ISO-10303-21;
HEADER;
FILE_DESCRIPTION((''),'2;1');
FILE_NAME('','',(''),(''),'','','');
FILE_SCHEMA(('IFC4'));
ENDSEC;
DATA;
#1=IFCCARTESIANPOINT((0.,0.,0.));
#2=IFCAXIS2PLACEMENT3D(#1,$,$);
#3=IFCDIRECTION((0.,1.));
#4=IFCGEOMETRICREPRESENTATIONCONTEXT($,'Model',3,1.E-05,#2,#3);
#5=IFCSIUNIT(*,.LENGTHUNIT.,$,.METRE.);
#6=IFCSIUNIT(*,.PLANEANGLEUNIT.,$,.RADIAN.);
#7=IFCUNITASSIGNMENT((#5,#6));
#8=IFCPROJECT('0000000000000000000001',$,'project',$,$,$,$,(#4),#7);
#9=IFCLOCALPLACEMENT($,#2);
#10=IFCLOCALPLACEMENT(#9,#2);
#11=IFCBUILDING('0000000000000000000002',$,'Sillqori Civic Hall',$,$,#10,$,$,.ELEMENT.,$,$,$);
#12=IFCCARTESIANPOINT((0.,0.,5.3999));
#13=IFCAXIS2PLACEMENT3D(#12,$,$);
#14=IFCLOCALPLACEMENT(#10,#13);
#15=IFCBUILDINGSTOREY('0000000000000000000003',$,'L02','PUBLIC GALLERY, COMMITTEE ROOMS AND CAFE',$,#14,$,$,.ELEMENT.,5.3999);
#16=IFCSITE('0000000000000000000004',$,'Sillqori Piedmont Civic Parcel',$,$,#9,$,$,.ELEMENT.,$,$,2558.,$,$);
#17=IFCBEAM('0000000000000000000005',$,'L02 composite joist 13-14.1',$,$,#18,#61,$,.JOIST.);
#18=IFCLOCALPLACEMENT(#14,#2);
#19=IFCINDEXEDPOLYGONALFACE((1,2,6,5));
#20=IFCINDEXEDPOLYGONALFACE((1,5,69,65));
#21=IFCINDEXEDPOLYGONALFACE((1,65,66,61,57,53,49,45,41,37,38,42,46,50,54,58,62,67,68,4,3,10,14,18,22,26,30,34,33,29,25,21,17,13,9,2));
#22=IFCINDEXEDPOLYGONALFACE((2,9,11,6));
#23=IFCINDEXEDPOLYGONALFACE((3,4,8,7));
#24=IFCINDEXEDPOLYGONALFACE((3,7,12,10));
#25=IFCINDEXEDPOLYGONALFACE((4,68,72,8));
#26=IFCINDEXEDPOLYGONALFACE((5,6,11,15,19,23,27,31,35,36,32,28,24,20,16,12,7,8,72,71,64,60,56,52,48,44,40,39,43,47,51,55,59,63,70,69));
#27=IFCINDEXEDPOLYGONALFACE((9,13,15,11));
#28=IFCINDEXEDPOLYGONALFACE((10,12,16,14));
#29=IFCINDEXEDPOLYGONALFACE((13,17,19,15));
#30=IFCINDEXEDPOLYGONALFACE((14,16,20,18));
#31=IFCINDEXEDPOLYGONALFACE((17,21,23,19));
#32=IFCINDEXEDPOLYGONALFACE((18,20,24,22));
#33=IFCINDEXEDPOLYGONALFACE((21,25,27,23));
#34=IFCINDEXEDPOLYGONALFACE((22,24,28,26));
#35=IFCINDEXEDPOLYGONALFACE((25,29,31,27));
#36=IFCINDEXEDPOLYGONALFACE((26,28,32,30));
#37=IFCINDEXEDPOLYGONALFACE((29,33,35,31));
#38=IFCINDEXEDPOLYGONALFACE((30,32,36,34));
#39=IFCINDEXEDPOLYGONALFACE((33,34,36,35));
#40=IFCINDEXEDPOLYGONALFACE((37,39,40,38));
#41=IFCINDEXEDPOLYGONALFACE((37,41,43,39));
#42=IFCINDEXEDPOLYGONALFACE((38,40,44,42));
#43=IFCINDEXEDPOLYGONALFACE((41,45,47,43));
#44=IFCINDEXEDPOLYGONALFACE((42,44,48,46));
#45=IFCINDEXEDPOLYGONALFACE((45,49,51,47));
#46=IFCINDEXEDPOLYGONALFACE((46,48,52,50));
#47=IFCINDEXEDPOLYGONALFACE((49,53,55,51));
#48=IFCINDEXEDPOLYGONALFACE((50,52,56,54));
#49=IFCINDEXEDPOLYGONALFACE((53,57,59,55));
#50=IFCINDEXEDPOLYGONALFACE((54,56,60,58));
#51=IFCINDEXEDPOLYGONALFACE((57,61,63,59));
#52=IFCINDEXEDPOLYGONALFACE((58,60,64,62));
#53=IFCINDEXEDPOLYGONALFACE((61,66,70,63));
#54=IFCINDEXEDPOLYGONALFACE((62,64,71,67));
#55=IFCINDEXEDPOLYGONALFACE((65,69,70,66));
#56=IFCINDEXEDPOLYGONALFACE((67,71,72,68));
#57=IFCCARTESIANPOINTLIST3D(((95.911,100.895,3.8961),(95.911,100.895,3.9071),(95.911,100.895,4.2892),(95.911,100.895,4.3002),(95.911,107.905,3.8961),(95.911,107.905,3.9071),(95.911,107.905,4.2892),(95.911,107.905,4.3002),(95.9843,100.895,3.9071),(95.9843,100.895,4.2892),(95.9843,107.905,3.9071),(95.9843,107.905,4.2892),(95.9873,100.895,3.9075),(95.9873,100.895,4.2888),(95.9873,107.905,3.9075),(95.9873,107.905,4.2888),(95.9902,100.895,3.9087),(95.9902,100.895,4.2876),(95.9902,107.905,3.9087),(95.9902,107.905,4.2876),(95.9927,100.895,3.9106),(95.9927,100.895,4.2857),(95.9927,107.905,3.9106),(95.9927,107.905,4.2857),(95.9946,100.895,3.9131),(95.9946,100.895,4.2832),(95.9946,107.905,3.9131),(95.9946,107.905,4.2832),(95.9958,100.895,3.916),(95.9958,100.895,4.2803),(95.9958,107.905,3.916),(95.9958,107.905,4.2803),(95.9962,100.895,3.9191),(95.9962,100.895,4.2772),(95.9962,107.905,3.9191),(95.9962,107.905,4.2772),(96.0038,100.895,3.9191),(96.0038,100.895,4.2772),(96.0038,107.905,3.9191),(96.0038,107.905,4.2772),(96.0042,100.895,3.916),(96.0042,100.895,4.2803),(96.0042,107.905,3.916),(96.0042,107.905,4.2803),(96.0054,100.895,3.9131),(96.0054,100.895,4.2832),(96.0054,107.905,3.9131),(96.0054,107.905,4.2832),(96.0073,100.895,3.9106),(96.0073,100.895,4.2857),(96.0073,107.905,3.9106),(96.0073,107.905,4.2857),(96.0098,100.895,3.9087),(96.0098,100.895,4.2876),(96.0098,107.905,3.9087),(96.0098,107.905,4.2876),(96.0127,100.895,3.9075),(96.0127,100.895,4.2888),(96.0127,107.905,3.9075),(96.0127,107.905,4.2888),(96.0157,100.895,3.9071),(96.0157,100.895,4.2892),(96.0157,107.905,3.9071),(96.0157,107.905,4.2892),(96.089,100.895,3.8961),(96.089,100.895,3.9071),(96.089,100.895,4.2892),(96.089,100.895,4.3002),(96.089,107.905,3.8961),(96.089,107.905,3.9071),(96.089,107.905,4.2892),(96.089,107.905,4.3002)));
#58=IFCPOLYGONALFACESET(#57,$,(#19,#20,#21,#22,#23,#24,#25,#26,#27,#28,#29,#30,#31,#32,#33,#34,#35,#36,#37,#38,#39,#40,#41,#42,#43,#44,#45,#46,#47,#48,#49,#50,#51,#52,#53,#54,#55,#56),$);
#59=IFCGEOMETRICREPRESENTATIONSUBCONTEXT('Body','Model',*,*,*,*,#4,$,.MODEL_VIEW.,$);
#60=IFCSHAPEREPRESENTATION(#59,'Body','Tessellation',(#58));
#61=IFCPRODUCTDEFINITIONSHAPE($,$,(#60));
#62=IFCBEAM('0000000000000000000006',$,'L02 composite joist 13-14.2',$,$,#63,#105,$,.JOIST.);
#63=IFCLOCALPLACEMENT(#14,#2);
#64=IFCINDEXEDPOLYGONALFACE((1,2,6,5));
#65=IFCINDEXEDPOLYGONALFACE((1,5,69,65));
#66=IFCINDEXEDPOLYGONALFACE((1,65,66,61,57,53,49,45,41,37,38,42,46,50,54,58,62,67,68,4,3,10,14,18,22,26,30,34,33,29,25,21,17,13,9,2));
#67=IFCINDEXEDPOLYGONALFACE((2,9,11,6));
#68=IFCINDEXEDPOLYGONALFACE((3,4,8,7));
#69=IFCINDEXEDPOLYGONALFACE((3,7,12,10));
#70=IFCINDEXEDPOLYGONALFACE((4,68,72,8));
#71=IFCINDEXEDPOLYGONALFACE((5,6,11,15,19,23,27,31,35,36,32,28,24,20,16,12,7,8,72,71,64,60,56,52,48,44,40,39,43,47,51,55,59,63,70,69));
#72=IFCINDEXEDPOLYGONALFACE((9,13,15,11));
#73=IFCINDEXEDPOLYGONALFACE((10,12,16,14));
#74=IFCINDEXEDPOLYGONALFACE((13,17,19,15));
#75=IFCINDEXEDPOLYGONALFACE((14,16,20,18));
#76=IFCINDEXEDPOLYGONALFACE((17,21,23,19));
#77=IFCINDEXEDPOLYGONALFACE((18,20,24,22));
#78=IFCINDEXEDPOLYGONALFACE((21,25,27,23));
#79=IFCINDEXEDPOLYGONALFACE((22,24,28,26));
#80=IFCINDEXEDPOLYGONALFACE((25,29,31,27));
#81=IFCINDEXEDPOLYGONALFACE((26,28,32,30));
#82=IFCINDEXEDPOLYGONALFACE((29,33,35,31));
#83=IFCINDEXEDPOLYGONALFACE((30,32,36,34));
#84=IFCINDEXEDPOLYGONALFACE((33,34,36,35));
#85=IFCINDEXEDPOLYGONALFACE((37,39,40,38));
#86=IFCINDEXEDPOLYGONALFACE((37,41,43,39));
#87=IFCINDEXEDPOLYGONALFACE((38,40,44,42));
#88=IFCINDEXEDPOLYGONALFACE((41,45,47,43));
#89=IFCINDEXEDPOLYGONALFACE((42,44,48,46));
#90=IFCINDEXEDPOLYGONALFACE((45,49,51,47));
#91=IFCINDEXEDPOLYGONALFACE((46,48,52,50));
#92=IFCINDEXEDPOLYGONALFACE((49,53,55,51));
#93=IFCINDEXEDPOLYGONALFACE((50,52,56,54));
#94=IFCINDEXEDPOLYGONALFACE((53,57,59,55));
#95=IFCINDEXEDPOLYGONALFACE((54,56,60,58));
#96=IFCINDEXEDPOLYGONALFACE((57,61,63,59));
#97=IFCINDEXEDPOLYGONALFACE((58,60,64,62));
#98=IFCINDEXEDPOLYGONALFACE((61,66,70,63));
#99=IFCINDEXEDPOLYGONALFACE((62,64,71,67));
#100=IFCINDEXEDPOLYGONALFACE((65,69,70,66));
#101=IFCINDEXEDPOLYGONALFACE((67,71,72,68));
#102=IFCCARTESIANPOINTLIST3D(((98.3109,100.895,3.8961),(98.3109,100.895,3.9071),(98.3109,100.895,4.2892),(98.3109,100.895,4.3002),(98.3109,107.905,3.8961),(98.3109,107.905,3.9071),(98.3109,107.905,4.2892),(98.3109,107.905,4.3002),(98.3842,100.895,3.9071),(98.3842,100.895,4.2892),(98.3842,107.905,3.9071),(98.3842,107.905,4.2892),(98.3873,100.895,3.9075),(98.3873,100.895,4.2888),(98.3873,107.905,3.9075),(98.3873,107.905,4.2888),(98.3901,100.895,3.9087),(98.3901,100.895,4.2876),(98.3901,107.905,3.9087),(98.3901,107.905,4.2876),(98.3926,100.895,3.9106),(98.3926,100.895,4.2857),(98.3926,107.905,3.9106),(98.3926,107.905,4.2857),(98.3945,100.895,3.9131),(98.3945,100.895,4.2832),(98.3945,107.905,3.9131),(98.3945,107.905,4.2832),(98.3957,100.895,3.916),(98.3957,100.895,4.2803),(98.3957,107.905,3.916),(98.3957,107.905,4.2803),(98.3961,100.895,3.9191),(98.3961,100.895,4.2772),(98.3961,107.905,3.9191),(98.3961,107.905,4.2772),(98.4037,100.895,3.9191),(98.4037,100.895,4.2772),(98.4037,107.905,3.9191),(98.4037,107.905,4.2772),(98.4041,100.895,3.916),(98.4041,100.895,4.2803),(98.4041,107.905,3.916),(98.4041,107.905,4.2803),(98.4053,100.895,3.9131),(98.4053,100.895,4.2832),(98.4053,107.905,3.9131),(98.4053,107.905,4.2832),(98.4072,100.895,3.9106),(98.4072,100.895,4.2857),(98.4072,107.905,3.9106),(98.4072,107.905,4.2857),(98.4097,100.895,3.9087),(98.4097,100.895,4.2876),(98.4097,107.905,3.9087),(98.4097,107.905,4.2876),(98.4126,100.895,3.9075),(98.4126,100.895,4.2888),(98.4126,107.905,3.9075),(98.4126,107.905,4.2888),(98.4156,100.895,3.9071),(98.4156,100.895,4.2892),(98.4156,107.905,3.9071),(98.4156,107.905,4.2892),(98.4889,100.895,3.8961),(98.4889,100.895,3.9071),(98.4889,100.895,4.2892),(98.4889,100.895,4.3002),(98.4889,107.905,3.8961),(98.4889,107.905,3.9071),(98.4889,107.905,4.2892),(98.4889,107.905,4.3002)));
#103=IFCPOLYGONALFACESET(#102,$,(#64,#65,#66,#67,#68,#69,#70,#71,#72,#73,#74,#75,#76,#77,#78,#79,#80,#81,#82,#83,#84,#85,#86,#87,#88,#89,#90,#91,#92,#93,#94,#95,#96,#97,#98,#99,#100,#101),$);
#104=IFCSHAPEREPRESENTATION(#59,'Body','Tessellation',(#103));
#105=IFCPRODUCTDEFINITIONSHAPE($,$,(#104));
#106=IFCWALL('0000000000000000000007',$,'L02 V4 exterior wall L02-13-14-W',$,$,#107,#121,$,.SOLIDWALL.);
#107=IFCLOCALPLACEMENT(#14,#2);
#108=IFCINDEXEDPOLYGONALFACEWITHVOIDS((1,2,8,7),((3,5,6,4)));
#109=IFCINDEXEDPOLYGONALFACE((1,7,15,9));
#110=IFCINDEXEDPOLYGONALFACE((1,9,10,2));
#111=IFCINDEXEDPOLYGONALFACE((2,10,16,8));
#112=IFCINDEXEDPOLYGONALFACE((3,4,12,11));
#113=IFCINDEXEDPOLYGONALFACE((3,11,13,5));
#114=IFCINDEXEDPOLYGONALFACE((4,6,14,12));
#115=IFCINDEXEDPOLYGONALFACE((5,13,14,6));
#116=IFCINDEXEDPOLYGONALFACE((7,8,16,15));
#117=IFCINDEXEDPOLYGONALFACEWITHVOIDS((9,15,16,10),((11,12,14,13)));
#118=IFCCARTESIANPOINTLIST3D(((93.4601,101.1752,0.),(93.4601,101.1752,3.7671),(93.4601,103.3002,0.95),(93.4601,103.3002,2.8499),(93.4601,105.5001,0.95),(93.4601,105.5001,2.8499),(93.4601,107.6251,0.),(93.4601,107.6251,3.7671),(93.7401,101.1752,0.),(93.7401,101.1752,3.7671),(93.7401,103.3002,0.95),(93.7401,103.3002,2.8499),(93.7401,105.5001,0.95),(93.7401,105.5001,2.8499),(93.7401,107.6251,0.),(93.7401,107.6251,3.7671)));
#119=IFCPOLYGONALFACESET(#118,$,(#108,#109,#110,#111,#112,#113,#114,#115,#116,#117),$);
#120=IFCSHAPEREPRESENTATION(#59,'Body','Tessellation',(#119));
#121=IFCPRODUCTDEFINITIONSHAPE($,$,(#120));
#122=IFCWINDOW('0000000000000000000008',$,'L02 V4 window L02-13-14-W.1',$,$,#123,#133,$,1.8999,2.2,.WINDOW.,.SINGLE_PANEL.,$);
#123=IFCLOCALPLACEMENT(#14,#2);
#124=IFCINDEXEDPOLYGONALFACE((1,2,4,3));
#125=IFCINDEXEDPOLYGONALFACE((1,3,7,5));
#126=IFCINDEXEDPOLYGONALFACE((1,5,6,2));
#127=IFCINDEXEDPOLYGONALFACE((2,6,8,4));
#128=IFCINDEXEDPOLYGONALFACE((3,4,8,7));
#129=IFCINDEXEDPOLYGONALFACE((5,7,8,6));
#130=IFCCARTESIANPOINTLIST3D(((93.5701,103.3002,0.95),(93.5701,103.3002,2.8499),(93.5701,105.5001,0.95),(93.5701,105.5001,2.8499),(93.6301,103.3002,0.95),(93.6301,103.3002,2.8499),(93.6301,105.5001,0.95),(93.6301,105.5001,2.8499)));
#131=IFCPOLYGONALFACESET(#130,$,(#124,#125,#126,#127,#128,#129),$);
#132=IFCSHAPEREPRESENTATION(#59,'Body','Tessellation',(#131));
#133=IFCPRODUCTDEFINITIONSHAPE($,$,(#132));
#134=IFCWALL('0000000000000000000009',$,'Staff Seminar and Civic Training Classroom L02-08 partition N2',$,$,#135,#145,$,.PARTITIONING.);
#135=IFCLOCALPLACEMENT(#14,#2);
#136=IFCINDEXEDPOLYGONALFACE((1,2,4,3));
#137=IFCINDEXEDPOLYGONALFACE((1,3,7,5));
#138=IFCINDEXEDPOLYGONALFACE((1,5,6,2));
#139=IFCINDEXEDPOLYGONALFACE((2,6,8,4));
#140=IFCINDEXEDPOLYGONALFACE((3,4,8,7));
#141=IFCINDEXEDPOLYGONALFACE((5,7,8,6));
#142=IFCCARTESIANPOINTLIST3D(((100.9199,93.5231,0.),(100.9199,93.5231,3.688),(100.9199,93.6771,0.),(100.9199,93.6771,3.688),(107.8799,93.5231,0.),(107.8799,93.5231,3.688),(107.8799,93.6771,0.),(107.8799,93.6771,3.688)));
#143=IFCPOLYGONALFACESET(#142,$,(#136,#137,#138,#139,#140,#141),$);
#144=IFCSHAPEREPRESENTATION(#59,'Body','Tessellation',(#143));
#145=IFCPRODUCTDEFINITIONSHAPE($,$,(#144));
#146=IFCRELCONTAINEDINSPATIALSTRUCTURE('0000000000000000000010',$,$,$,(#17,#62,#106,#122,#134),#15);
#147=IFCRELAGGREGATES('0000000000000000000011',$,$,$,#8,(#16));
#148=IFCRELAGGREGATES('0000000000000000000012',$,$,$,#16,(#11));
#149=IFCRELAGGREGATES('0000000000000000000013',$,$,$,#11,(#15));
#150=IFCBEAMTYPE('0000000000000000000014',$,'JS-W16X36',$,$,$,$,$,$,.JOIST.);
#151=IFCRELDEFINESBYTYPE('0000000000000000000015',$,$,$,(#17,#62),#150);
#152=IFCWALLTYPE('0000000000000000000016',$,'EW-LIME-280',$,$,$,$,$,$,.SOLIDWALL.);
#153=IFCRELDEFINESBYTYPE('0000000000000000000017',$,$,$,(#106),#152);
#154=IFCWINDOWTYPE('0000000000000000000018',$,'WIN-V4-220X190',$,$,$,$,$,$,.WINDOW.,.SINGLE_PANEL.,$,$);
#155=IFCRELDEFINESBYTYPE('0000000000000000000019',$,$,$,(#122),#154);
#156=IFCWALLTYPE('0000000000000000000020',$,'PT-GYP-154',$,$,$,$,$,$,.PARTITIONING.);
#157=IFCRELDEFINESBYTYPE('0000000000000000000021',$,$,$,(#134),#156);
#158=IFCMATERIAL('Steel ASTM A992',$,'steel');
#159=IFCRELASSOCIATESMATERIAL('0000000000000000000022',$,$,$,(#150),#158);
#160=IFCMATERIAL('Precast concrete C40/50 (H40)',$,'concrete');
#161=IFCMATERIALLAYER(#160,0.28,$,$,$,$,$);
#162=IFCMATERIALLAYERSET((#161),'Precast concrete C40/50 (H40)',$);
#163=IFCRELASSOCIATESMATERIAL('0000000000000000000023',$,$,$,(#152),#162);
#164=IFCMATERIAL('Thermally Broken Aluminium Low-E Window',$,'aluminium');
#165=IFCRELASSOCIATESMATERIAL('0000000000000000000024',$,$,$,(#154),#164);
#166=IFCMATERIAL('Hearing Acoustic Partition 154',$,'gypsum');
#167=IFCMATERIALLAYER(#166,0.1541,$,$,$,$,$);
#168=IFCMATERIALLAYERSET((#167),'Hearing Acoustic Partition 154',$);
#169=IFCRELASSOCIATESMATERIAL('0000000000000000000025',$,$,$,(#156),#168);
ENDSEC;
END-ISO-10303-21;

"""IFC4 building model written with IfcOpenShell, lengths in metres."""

from ifc_helpers import new_model, si_unit, direction, frame, frame_2d, origin, origin_2d, place, context, subcontext, project, spatial, rectangle, i_section, extrude, material, layer, layer_set, material_profile, profile_set, type_object, element, fill, save


model = new_model("IFC4")

# Units and contexts
model_context = context("Model", 3, precision=1e-05, world=origin(), true_north=direction((0.0, 1.0)))
body_context = subcontext(model_context, "Body", "Model", "MODEL_VIEW")
ifc_project = project(units=[si_unit("LENGTHUNIT", "METRE"), si_unit("PLANEANGLEUNIT", "RADIAN")], contexts=[model_context])

# Site, building, storey
site_placement = place(None, origin())
site = spatial("IfcSite", under=ifc_project, at=site_placement, Name="Sillqori Piedmont Civic Parcel", CompositionType="ELEMENT", RefElevation=2558.0)
building_placement = place(site_placement, origin())
building = spatial("IfcBuilding", under=site, at=building_placement, Name="Sillqori Civic Hall", CompositionType="ELEMENT")
storey_placement = place(building_placement, frame((0.0, 0.0, 5.3999)))
storey = spatial("IfcBuildingStorey", under=building, at=storey_placement, Name="L02", Description="PUBLIC GALLERY, COMMITTEE ROOMS AND CAFE", CompositionType="ELEMENT", Elevation=5.3999)

# Shared definitions
ifc_material_1 = material(Name="Steel ASTM A992", Category="steel")

# Beams
ifc_material_profile_1 = material_profile(ifc_material_1, i_section(OverallWidth=0.178, OverallDepth=0.4041, WebThickness=0.0076, FlangeThickness=0.011, FilletRadius=0.012, at=origin_2d()), Name="W16X36")
ifc_profile_set_1 = profile_set([ifc_material_profile_1], Name="Steel ASTM A992")
beam_type_1 = type_object("IfcBeamType", Name="JS-W16X36", PredefinedType="JOIST", material=ifc_profile_set_1)
for number, where, z_axis, x_axis, name in (
    (1, (96.0, 100.895, 4.0981), (0.0, 1.0, 0.0), (-1.0, 0.0, 0.0), "L02 composite joist 13-14.1"),
    (2, (98.3999, 100.895, 4.0981), (0.0, 1.0, 0.0), (-1.0, 0.0, 0.0), "L02 composite joist 13-14.2"),
):
    element("IfcBeam", number, at=place(storey_placement, frame(where, z_axis=z_axis, x_axis=x_axis)), inside=storey, type_object=beam_type_1, Name=name, PredefinedType="JOIST", context=body_context, shape_type="SweptSolid", body=[
        extrude(i_section(OverallWidth=0.178, OverallDepth=0.4041, WebThickness=0.0076, FlangeThickness=0.011, FilletRadius=0.012, at=origin_2d()), origin(), (0.0, 0.0, 1.0), 7.01),
    ])

# Wall, opening, window
ifc_material_2 = material(Name="Precast concrete C40/50 (H40)", Category="concrete")
ifc_layer_1 = layer(ifc_material_2, 0.28)
ifc_layer_set_1 = layer_set([ifc_layer_1], Name="Precast concrete C40/50 (H40)")
wall_type_1 = type_object("IfcWallType", Name="EW-LIME-280", PredefinedType="SOLIDWALL", material=ifc_layer_set_1)
wall_1_placement = place(storey_placement, frame((93.6001, 101.175, 0.0), z_axis=(0.0, 0.0, 1.0), x_axis=(0.0, 1.0, 0.0)))
wall_1 = element("IfcWall", 3, at=wall_1_placement, inside=storey, type_object=wall_type_1, Name="L02 V4 exterior wall L02-13-14-W", PredefinedType="SOLIDWALL", context=body_context, shape_type="SweptSolid", body=[
    extrude(rectangle(XDim=6.45, YDim=0.28, at=frame_2d((3.2251, 0.0))), origin(), (0.0, 0.0, 1.0), 3.7671),
])
opening_1_placement = place(wall_1_placement, frame((2.125, 0.0, 0.95)))
opening_1 = element("IfcOpeningElement", 4, at=opening_1_placement, cuts=wall_1, PredefinedType="OPENING", context=body_context, shape_type="SweptSolid", body=[
    extrude(rectangle(XDim=2.2, YDim=1.8999, at=frame_2d((1.1001, 0.95))), frame((0.0, 0.1499, 0.0), z_axis=(0.0, -1.0, 0.0), x_axis=(1.0, 0.0, 0.0)), (0.0, 0.0, 1.0), 0.3),
])
ifc_material_3 = material(Name="Thermally Broken Aluminium Low-E Window", Category="aluminium")
window_type_1 = type_object("IfcWindowType", Name="WIN-V4-220X190", PartitioningType="SINGLE_PANEL", PredefinedType="WINDOW", material=ifc_material_3)
window_1_placement = place(opening_1_placement, origin())
window_1 = element("IfcWindow", 5, at=window_1_placement, inside=storey, type_object=window_type_1, Name="L02 V4 window L02-13-14-W.1", OverallHeight=1.8999, OverallWidth=2.2, PartitioningType="SINGLE_PANEL", PredefinedType="WINDOW", context=body_context, shape_type="SweptSolid", body=[
    extrude(rectangle(XDim=2.2, YDim=1.8999, at=frame_2d((1.1001, 0.95))), frame((0.0, 0.03, 0.0), z_axis=(0.0, -1.0, 0.0), x_axis=(1.0, 0.0, 0.0)), (0.0, 0.0, 1.0), 0.0601),
])
fill(opening_1, window_1)

# Wall
ifc_material_4 = material(Name="Hearing Acoustic Partition 154", Category="gypsum")
ifc_layer_2 = layer(ifc_material_4, 0.1541)
ifc_layer_set_2 = layer_set([ifc_layer_2], Name="Hearing Acoustic Partition 154")
wall_type_2 = type_object("IfcWallType", Name="PT-GYP-154", PredefinedType="PARTITIONING", material=ifc_layer_set_2)
wall_2_placement = place(storey_placement, frame((100.9199, 93.6001, 0.0), z_axis=(0.0, 0.0, 1.0), x_axis=(1.0, 0.0, 0.0)))
element("IfcWall", 6, at=wall_2_placement, inside=storey, type_object=wall_type_2, Name="Staff Seminar and Civic Training Classroom L02-08 partition N2", PredefinedType="PARTITIONING", context=body_context, shape_type="SweptSolid", body=[
    extrude(rectangle(XDim=6.96, YDim=0.1541, at=frame_2d((3.48, 0.0))), origin(), (0.0, 0.0, 1.0), 3.688),
])

save(model, "model.ifc")
